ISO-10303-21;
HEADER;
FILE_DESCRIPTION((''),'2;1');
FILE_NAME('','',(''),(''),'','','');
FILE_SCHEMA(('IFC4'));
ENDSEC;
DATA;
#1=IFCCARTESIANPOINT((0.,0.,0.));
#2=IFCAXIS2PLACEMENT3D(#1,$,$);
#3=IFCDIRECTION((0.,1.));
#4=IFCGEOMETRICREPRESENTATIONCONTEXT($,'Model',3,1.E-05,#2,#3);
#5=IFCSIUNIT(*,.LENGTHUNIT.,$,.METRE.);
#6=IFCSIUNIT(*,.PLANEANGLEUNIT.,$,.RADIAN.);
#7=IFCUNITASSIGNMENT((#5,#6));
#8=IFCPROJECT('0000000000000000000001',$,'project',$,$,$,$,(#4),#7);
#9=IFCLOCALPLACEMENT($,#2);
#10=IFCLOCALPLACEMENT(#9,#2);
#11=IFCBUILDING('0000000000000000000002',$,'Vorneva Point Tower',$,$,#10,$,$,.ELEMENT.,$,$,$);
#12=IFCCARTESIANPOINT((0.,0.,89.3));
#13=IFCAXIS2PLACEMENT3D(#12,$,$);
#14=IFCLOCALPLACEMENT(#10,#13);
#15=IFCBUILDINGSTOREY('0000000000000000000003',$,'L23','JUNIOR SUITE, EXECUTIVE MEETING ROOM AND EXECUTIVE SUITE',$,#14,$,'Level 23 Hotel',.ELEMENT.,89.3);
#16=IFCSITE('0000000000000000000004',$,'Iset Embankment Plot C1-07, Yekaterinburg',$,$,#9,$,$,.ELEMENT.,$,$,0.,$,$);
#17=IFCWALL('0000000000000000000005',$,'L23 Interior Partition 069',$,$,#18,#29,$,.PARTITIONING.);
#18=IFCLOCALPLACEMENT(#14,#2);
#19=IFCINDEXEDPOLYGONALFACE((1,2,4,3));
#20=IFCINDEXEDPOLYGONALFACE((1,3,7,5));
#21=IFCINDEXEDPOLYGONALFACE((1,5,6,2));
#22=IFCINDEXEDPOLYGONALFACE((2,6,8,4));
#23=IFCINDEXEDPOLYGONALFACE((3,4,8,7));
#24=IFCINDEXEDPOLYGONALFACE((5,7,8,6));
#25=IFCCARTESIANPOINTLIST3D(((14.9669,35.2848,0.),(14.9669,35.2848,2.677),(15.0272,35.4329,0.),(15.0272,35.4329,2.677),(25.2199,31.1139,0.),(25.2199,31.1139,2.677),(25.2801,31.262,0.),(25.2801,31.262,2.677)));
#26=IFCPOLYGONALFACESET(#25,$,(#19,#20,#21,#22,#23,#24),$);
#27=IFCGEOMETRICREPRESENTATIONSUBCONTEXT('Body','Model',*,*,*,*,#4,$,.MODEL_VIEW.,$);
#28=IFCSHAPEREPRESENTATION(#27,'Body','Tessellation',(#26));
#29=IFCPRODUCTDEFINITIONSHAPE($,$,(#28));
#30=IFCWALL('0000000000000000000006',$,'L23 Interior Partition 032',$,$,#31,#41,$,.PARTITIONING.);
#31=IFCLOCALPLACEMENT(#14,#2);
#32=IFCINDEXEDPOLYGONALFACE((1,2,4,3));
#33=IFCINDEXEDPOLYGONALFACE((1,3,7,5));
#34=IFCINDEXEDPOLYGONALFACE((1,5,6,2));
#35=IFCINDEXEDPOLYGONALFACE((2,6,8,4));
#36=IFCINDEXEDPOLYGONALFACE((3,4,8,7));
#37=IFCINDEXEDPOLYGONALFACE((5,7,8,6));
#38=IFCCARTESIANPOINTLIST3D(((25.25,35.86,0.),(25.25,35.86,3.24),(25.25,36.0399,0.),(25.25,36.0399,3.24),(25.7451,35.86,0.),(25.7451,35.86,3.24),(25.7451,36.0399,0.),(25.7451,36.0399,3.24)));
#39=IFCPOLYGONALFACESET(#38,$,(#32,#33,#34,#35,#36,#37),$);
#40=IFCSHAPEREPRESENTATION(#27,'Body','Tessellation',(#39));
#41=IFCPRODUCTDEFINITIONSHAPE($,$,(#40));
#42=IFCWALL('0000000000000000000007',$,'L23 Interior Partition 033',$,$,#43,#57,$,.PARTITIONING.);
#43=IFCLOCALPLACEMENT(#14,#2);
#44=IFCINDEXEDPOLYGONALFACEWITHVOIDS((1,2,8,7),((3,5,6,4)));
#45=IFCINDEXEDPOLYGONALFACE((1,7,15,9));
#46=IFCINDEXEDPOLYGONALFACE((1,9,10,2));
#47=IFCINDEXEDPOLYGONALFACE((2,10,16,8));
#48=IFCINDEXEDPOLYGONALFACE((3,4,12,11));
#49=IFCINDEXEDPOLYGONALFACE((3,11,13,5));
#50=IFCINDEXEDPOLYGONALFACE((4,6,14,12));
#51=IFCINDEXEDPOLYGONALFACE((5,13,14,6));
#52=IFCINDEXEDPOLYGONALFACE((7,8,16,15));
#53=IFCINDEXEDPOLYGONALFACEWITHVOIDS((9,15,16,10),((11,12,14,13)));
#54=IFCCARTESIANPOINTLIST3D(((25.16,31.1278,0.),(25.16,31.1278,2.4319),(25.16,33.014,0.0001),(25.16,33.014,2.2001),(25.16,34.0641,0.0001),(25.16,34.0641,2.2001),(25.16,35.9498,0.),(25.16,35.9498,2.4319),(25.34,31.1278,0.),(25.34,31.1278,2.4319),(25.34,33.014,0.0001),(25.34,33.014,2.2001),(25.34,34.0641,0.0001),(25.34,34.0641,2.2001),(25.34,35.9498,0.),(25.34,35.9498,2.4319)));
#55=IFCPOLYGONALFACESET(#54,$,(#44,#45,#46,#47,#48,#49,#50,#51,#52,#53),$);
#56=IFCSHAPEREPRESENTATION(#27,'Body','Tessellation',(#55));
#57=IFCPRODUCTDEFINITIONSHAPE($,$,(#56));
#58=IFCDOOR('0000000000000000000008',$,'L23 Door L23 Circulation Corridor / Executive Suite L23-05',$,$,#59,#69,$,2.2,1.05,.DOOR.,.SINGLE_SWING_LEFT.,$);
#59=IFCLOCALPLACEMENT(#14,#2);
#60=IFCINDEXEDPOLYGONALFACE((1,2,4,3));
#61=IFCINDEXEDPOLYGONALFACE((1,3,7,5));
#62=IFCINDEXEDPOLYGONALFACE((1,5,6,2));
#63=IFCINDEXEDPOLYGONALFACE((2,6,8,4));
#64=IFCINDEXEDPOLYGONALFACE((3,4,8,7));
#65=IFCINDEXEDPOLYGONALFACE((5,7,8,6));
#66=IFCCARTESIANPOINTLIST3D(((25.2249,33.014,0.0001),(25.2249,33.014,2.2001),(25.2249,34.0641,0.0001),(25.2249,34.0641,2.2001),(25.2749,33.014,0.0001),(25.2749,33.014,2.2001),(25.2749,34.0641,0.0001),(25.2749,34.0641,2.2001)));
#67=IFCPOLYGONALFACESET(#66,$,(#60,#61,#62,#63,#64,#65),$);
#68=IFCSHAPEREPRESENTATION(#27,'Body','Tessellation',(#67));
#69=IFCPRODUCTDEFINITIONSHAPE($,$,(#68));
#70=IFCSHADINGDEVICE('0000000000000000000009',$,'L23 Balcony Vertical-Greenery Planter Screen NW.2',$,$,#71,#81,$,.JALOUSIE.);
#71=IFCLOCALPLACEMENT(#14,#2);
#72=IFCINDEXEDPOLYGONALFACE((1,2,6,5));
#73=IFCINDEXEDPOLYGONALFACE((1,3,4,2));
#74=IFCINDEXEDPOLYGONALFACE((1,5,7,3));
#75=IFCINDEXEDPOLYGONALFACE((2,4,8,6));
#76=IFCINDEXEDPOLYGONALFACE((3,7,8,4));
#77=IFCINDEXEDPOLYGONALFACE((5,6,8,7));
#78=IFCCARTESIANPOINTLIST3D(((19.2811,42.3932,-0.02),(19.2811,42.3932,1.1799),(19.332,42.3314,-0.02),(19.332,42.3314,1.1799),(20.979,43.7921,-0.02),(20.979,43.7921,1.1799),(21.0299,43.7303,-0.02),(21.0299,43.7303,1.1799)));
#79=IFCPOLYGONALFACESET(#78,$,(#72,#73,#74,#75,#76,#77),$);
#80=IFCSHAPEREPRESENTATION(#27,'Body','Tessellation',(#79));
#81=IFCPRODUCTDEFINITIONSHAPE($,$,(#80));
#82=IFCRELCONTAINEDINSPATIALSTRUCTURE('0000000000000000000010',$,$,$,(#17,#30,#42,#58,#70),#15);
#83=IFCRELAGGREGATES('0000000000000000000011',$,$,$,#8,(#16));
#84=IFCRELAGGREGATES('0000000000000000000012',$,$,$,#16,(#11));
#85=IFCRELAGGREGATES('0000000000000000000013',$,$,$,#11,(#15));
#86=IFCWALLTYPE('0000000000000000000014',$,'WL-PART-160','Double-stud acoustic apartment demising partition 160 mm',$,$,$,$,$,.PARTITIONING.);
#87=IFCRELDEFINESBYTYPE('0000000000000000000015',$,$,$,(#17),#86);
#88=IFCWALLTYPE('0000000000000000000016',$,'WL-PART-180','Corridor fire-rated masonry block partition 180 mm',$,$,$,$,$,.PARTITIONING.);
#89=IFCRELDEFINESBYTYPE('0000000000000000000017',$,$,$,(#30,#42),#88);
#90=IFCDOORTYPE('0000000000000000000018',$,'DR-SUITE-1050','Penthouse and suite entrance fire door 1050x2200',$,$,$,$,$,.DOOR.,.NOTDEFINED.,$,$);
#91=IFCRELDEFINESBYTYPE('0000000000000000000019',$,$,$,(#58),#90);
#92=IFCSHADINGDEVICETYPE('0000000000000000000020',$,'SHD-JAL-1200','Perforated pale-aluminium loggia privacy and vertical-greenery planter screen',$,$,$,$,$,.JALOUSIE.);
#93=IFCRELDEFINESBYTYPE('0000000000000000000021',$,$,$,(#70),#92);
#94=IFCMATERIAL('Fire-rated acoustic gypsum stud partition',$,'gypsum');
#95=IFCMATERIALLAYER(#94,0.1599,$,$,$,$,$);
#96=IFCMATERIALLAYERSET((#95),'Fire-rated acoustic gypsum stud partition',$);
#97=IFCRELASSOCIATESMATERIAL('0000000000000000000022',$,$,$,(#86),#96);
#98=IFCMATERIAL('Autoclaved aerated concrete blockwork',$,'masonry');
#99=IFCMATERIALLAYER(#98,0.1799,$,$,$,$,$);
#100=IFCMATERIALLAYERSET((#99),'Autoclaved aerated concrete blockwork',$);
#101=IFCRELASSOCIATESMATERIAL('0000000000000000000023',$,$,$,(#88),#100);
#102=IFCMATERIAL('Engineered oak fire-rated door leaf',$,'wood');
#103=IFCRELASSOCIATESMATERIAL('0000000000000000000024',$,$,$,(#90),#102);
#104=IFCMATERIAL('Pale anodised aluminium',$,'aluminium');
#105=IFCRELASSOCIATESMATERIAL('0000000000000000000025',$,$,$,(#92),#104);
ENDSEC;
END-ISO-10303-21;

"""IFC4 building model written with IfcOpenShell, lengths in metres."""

from ifc_helpers import new_model, si_unit, direction, frame, frame_2d, origin, origin_2d, place, context, subcontext, project, spatial, rectangle, extrude, material, layer, layer_set, type_object, element, fill, save


model = new_model("IFC4")

# Units and contexts
model_context = context("Model", 3, precision=1e-05, world=origin(), true_north=direction((0.0, 1.0)))
body_context = subcontext(model_context, "Body", "Model", "MODEL_VIEW")
ifc_project = project(units=[si_unit("LENGTHUNIT", "METRE"), si_unit("PLANEANGLEUNIT", "RADIAN")], contexts=[model_context])

# Site, building, storey
site_placement = place(None, origin())
site = spatial("IfcSite", under=ifc_project, at=site_placement, Name="Iset Embankment Plot C1-07, Yekaterinburg", CompositionType="ELEMENT", RefElevation=0.0)
building_placement = place(site_placement, origin())
building = spatial("IfcBuilding", under=site, at=building_placement, Name="Vorneva Point Tower", CompositionType="ELEMENT")
storey_placement = place(building_placement, frame((0.0, 0.0, 89.3)))
storey = spatial("IfcBuildingStorey", under=building, at=storey_placement, Name="L23", Description="JUNIOR SUITE, EXECUTIVE MEETING ROOM AND EXECUTIVE SUITE", LongName="Level 23 Hotel", CompositionType="ELEMENT", Elevation=89.3)

# Shared definitions
ifc_material_1 = material(Name="Pale anodised aluminium", Category="aluminium")

# Shared definitions
ifc_material_2 = material(Name="Fire-rated acoustic gypsum stud partition", Category="gypsum")
ifc_material_3 = material(Name="Engineered oak fire-rated door leaf", Category="wood")

# Walls
ifc_layer_1 = layer(ifc_material_2, 0.1599)
ifc_layer_set_1 = layer_set([ifc_layer_1], Name="Fire-rated acoustic gypsum stud partition")
wall_type_1 = type_object("IfcWallType", Name="WL-PART-160", Description="Double-stud acoustic apartment demising partition 160 mm", PredefinedType="PARTITIONING", material=ifc_layer_set_1)
wall_1_placement = place(storey_placement, frame((14.9971, 35.3589, 0.0), z_axis=(0.0, 0.0, 1.0), x_axis=(0.926289, -0.376815, 0.0)))
element("IfcWall", 1, at=wall_1_placement, inside=storey, type_object=wall_type_1, Name="L23 Interior Partition 069", PredefinedType="PARTITIONING", context=body_context, shape_type="SweptSolid", body=[
    extrude(rectangle(XDim=11.0688, YDim=0.1599, at=frame_2d((5.5344, 0.0))), origin(), (0.0, 0.0, 1.0), 2.677),
])
ifc_material_4 = material(Name="Autoclaved aerated concrete blockwork", Category="masonry")
ifc_layer_2 = layer(ifc_material_4, 0.1799)
ifc_layer_set_2 = layer_set([ifc_layer_2], Name="Autoclaved aerated concrete blockwork")
wall_type_2 = type_object("IfcWallType", Name="WL-PART-180", Description="Corridor fire-rated masonry block partition 180 mm", PredefinedType="PARTITIONING", material=ifc_layer_set_2)
wall_2_placement = place(storey_placement, frame((25.7451, 35.95, 0.0), z_axis=(0.0, 0.0, 1.0), x_axis=(-1.0, 0.0, 0.0)))
element("IfcWall", 2, at=wall_2_placement, inside=storey, type_object=wall_type_2, Name="L23 Interior Partition 032", PredefinedType="PARTITIONING", context=body_context, shape_type="SweptSolid", body=[
    extrude(rectangle(XDim=0.4951, YDim=0.1799, at=frame_2d((0.2476, 0.0))), origin(), (0.0, 0.0, 1.0), 3.24),
])

# Wall, opening, door
wall_3_placement = place(storey_placement, frame((25.25, 35.95, 0.0), z_axis=(0.0, 0.0, 1.0), x_axis=(0.0, -1.0, 0.0)))
wall_3 = element("IfcWall", 3, at=wall_3_placement, inside=storey, type_object=wall_type_2, Name="L23 Interior Partition 033", PredefinedType="PARTITIONING", context=body_context, shape_type="SweptSolid", body=[
    extrude(rectangle(XDim=4.822, YDim=0.1799, at=frame_2d((2.4111, 0.0))), origin(), (0.0, 0.0, 1.0), 2.4319),
])
opening_1_placement = place(wall_3_placement, frame((1.886, 0.0, 0.0)))
opening_1 = element("IfcOpeningElement", 4, at=opening_1_placement, cuts=wall_3, PredefinedType="OPENING", context=body_context, shape_type="SweptSolid", body=[
    extrude(rectangle(XDim=1.05, YDim=2.2, at=frame_2d((0.5249, 1.1001))), frame((0.0, 0.105, 0.0), z_axis=(0.0, -1.0, 0.0), x_axis=(1.0, 0.0, 0.0)), (0.0, 0.0, 1.0), 0.2097),
])
door_type_1 = type_object("IfcDoorType", Name="DR-SUITE-1050", Description="Penthouse and suite entrance fire door 1050x2200", OperationType="NOTDEFINED", PredefinedType="DOOR", material=ifc_material_3)
door_1_placement = place(opening_1_placement, origin())
door_1 = element("IfcDoor", 5, at=door_1_placement, inside=storey, type_object=door_type_1, Name="L23 Door L23 Circulation Corridor / Executive Suite L23-05", OperationType="SINGLE_SWING_LEFT", OverallHeight=2.2, OverallWidth=1.05, PredefinedType="DOOR", context=body_context, shape_type="SweptSolid", body=[
    extrude(rectangle(XDim=1.05, YDim=2.2, at=frame_2d((0.5249, 1.1001))), frame((0.0, 0.0249, 0.0), z_axis=(0.0, -1.0, 0.0), x_axis=(1.0, 0.0, 0.0)), (0.0, 0.0, 1.0), 0.05),
])
fill(opening_1, door_1)

# Shading device
shading_device_type = type_object("IfcShadingDeviceType", Name="SHD-JAL-1200", Description="Perforated pale-aluminium loggia privacy and vertical-greenery planter screen", PredefinedType="JALOUSIE", material=ifc_material_1)
shading_device_placement = place(storey_placement, frame((20.1555, 43.0618, -0.02), z_axis=(0.0, 0.0, 1.0), x_axis=(-0.77178, -0.63589, 0.0)))
element("IfcShadingDevice", 6, at=shading_device_placement, inside=storey, type_object=shading_device_type, Name="L23 Balcony Vertical-Greenery Planter Screen NW.2", PredefinedType="JALOUSIE", context=body_context, shape_type="SweptSolid", body=[
    extrude(rectangle(XDim=2.2, YDim=0.0801, at=origin_2d()), origin(), (0.0, 0.0, 1.0), 1.2),
])

save(model, "model.ifc")
